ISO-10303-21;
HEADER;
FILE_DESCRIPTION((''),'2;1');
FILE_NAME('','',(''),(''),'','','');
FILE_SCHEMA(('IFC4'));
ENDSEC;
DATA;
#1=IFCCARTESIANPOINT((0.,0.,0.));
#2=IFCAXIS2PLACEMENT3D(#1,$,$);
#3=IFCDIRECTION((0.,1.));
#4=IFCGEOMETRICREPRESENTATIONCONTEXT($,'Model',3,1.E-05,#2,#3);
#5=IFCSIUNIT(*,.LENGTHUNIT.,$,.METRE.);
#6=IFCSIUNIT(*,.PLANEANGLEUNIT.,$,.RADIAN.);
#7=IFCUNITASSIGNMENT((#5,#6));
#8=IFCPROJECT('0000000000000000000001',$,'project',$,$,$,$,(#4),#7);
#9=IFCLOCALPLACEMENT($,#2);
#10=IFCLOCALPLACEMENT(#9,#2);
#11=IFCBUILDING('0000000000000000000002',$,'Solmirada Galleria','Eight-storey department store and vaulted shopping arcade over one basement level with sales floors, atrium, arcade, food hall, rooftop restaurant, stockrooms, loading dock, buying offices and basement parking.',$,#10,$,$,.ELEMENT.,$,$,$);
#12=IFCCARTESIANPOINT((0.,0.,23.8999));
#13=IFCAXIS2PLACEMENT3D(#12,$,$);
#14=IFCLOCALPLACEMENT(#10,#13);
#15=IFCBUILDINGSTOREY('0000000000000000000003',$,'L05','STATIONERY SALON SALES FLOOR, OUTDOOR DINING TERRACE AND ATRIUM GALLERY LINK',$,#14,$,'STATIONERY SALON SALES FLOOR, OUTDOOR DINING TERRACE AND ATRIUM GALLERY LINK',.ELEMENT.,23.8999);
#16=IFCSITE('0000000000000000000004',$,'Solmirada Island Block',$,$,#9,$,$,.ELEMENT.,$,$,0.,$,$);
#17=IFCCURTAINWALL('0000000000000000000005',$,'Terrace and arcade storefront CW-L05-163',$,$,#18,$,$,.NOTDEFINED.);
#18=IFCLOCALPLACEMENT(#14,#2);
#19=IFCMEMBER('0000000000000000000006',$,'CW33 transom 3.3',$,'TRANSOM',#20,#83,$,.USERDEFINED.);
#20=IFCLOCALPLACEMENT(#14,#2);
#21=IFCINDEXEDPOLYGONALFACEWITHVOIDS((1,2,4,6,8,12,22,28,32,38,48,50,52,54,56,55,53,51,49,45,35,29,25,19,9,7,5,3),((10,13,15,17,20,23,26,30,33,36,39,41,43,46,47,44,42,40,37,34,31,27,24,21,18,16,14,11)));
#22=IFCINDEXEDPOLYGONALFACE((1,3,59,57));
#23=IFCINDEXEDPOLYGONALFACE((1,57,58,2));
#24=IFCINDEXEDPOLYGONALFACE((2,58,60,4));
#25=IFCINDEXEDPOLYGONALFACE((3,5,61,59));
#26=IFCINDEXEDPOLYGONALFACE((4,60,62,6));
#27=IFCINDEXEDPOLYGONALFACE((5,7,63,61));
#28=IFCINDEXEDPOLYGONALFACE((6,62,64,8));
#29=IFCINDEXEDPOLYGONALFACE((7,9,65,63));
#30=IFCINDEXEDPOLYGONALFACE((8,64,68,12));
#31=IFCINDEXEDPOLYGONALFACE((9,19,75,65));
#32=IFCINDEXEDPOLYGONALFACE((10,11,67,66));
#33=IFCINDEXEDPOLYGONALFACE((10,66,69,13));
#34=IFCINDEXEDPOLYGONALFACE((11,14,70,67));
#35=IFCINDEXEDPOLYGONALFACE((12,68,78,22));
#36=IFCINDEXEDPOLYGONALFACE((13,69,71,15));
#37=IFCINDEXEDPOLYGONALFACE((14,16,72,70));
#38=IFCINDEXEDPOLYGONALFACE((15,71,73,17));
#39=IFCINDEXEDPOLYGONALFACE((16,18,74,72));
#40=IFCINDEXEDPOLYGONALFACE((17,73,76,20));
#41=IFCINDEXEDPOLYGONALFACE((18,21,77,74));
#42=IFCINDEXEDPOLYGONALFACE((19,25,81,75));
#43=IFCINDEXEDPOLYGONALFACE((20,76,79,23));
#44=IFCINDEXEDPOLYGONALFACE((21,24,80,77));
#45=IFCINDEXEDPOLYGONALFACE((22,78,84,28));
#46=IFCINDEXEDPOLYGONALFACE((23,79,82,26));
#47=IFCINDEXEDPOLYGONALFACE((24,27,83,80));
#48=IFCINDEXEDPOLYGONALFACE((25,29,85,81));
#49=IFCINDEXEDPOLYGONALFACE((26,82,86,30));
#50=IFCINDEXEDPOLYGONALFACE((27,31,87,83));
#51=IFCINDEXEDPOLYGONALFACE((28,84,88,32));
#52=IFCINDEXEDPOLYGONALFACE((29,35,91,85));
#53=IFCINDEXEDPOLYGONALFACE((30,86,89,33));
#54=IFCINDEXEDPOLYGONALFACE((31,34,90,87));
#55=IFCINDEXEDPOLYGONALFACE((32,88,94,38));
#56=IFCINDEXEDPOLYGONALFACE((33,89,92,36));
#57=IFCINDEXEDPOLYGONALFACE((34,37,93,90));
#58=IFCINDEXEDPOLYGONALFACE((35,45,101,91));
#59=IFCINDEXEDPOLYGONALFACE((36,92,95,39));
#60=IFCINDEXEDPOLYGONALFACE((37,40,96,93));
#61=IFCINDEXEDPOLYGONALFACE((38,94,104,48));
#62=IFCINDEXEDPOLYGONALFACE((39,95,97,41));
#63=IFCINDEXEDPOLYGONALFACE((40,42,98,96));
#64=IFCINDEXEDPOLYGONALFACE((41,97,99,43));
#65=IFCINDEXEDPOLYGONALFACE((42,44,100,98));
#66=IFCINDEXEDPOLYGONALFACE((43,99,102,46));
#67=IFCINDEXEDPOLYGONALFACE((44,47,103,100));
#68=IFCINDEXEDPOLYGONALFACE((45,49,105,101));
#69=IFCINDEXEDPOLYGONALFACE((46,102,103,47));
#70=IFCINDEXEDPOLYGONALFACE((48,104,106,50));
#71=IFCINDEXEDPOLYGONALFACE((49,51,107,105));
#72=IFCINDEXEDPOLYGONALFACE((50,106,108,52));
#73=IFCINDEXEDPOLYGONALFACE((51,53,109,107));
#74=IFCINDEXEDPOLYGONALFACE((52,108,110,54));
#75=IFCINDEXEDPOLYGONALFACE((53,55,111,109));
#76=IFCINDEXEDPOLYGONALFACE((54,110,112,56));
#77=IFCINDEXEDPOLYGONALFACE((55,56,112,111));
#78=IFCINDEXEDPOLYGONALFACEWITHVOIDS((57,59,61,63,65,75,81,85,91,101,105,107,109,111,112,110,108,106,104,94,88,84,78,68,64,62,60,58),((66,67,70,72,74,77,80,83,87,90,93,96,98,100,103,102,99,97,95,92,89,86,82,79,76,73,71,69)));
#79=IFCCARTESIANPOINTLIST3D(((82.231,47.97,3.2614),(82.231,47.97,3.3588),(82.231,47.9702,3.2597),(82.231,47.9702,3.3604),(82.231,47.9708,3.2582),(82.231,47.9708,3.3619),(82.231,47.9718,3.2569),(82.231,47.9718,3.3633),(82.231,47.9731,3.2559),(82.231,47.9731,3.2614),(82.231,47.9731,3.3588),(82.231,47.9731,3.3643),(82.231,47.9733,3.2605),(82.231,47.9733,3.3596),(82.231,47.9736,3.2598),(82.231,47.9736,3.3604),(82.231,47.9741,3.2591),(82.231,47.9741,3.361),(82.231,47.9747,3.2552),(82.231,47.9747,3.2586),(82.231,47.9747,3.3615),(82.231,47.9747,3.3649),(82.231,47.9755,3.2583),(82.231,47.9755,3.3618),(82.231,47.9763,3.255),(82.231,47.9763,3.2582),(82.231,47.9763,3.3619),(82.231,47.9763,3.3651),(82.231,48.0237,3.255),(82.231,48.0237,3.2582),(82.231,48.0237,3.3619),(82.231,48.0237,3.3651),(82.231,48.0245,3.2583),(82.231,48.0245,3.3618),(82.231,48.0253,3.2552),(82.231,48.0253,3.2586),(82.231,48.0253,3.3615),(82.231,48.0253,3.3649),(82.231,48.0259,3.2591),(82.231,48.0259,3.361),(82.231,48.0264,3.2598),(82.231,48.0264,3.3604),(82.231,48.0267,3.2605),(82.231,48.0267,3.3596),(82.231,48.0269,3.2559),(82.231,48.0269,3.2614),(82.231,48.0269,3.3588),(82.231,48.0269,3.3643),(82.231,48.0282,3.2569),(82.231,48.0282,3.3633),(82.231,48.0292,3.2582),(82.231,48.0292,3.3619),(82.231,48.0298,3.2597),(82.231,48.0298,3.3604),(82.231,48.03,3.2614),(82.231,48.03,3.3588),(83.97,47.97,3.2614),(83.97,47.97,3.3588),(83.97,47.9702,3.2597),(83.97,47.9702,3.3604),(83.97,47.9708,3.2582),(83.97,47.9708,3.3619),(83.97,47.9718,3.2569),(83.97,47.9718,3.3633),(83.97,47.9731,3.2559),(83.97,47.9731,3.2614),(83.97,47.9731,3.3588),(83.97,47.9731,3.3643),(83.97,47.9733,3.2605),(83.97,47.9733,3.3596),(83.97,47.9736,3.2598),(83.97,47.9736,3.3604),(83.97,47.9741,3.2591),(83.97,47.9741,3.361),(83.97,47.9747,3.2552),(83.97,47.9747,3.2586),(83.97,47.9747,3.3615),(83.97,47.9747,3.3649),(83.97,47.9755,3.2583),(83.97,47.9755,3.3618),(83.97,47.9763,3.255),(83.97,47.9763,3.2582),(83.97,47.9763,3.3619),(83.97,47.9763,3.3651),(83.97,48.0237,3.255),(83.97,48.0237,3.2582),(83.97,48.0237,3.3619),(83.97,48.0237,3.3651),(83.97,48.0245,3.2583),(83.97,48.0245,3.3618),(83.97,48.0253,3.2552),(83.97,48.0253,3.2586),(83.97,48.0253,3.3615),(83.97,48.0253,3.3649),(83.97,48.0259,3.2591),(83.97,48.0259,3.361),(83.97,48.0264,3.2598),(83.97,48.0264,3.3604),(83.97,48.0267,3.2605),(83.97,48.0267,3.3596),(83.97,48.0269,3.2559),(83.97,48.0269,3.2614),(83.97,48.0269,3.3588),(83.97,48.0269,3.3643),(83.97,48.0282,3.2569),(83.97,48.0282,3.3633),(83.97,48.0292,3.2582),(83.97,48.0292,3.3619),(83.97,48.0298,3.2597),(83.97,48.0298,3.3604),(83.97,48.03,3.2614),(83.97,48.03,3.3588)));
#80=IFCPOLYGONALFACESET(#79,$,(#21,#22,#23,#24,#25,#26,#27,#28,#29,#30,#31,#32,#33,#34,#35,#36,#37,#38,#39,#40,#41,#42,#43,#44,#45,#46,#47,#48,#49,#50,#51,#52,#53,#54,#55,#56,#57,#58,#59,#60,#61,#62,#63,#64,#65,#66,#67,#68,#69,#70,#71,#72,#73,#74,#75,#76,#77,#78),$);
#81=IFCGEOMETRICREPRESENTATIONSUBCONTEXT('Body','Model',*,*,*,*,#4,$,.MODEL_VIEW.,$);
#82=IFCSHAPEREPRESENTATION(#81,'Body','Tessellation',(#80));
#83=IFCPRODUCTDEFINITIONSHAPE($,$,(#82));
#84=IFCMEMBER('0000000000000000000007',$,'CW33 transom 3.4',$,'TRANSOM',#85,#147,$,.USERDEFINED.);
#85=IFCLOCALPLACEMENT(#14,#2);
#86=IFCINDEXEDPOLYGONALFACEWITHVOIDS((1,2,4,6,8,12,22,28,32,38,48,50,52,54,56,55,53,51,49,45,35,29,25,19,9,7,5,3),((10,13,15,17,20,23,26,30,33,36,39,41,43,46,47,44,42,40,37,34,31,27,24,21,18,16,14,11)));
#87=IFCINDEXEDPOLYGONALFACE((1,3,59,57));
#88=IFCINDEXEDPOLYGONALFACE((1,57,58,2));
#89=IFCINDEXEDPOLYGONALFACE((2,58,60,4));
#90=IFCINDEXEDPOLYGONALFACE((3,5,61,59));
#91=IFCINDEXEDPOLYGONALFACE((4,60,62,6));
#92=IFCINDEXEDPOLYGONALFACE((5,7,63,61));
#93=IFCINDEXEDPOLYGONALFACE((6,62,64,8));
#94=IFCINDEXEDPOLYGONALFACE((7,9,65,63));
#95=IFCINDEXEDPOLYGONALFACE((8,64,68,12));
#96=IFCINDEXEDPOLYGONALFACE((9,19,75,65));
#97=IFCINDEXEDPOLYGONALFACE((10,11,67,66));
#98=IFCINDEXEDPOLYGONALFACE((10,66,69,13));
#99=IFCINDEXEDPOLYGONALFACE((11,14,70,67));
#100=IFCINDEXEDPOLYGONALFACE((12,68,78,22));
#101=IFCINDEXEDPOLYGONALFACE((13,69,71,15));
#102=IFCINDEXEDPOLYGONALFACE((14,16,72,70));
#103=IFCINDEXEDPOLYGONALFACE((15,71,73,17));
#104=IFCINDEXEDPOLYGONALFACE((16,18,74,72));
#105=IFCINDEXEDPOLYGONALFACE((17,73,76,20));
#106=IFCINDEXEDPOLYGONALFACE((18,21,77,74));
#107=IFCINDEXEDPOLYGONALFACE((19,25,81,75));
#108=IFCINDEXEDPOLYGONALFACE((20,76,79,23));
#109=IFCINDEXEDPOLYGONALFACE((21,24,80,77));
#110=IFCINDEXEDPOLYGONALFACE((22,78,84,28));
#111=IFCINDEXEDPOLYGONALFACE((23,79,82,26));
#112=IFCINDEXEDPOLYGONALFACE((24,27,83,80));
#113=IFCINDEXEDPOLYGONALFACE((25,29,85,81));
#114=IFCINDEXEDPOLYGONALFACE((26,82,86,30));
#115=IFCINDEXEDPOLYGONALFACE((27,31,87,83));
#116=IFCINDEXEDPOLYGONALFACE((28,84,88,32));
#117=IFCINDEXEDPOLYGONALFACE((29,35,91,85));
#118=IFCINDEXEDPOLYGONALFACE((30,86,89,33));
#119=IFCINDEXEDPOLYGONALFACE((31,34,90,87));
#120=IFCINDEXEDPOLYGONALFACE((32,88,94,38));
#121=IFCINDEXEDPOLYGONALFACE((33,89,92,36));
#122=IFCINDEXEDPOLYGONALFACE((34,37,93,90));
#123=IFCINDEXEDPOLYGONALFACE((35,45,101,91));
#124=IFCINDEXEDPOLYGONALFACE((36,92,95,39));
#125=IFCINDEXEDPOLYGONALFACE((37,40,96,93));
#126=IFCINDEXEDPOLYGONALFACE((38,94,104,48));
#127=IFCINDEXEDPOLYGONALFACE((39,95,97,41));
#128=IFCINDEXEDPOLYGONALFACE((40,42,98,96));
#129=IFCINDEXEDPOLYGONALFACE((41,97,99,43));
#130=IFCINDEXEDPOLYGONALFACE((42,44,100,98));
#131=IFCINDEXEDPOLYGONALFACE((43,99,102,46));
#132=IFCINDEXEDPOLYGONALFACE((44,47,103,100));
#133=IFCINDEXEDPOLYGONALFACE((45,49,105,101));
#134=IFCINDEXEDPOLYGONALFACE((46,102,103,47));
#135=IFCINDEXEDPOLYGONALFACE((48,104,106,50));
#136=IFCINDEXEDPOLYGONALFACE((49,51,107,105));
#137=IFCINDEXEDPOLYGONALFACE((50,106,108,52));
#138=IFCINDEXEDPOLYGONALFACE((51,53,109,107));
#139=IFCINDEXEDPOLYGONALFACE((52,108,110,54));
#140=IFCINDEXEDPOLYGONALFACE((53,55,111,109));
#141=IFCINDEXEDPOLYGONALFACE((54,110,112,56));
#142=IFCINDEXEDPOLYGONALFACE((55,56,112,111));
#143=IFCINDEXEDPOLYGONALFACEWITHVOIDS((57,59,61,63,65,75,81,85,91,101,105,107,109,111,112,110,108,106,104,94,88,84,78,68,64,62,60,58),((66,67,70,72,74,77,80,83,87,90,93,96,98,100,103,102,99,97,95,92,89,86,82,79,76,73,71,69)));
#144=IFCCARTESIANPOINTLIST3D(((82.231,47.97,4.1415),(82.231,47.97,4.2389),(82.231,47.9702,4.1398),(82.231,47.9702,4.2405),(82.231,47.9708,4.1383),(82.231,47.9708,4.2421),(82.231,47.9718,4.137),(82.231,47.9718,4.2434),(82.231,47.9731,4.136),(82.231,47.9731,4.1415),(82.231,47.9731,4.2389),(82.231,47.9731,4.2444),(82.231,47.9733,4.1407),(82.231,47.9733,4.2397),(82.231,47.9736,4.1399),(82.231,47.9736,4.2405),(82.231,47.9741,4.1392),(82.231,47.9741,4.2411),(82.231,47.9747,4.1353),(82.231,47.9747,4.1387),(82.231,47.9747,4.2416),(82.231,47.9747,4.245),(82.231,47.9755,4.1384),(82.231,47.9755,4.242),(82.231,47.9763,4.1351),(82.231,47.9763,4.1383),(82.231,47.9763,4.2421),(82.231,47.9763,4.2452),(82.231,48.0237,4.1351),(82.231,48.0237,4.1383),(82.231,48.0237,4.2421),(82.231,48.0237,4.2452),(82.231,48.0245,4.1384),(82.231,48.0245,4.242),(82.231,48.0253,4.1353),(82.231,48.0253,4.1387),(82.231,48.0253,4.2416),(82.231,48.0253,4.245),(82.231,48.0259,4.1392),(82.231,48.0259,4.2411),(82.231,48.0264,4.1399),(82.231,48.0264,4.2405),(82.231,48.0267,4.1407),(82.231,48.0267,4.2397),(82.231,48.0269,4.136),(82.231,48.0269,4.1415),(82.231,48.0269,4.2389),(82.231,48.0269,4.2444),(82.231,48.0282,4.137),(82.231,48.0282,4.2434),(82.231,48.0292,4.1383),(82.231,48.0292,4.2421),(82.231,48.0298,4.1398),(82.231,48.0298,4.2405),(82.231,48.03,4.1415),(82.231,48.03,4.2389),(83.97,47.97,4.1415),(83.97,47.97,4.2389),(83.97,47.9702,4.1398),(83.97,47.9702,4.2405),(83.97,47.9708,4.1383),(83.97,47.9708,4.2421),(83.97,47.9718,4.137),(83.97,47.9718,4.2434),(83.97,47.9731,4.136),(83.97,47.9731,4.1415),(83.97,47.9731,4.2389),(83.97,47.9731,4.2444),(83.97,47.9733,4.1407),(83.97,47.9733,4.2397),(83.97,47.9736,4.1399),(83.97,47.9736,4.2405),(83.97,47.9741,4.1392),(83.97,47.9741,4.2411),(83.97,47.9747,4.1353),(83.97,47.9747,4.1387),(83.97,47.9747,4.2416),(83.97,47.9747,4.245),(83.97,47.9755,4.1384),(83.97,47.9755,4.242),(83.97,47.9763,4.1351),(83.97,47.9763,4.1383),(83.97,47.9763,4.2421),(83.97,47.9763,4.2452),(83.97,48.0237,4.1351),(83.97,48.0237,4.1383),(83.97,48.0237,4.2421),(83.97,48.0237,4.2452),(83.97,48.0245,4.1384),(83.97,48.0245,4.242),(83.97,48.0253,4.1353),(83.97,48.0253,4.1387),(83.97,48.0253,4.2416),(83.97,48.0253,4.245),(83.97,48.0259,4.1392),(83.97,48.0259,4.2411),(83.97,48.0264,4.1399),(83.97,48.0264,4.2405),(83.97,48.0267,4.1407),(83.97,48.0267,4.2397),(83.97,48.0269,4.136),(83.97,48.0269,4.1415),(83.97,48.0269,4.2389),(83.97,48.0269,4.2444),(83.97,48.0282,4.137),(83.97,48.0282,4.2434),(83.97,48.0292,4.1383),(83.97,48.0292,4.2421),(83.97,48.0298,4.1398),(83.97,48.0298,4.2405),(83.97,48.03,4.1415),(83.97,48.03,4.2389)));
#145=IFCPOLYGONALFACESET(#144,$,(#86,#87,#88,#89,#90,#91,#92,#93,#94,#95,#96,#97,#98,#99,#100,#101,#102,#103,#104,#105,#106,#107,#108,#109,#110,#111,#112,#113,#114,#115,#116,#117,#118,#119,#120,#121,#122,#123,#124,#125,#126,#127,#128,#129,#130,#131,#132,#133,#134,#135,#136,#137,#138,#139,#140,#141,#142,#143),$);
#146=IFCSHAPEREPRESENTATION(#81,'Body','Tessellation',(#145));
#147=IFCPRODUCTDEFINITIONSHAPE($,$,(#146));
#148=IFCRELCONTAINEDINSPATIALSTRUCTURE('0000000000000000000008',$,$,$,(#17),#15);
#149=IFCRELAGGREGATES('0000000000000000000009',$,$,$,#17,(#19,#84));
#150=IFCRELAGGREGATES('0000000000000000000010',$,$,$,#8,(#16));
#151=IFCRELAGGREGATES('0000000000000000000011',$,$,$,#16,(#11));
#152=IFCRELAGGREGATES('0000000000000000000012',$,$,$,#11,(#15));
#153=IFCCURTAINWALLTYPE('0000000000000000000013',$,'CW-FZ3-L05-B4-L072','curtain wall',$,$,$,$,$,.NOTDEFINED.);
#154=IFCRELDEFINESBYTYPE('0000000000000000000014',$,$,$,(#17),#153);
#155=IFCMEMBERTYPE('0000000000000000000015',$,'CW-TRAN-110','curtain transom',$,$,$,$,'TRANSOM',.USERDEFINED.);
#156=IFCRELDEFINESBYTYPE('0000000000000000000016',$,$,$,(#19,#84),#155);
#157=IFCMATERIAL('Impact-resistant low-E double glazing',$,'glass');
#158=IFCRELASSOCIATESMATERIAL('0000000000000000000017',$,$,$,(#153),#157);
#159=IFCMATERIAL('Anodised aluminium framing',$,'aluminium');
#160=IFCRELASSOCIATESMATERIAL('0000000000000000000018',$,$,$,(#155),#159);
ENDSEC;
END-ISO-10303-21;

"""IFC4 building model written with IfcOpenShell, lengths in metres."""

from ifc_helpers import new_model, si_unit, direction, frame, origin, origin_2d, place, context, subcontext, project, spatial, hollow_rectangle, extrude, material, material_profile, profile_set, type_object, element, aggregate, save


model = new_model("IFC4")

# Units and contexts
model_context = context("Model", 3, precision=1e-05, world=origin(), true_north=direction((0.0, 1.0)))
body_context = subcontext(model_context, "Body", "Model", "MODEL_VIEW")
ifc_project = project(units=[si_unit("LENGTHUNIT", "METRE"), si_unit("PLANEANGLEUNIT", "RADIAN")], contexts=[model_context])

# Site, building, storey
site_placement = place(None, origin())
site = spatial("IfcSite", under=ifc_project, at=site_placement, Name="Solmirada Island Block", CompositionType="ELEMENT", RefElevation=0.0)
building_placement = place(site_placement, origin())
building = spatial("IfcBuilding", under=site, at=building_placement, Name="Solmirada Galleria", Description="Eight-storey department store and vaulted shopping arcade over one basement level with sales floors, atrium, arcade, food hall, rooftop restaurant, stockrooms, loading dock, buying offices and basement parking.", CompositionType="ELEMENT")
storey_placement = place(building_placement, frame((0.0, 0.0, 23.8999)))
storey = spatial("IfcBuildingStorey", under=building, at=storey_placement, Name="L05", Description="STATIONERY SALON SALES FLOOR, OUTDOOR DINING TERRACE AND ATRIUM GALLERY LINK", LongName="STATIONERY SALON SALES FLOOR, OUTDOOR DINING TERRACE AND ATRIUM GALLERY LINK", CompositionType="ELEMENT", Elevation=23.8999)

# Curtain wall, members
ifc_material_1 = material(Name="Impact-resistant low-E double glazing", Category="glass")
curtain_wall_type = type_object("IfcCurtainWallType", Name="CW-FZ3-L05-B4-L072", Description="curtain wall", PredefinedType="NOTDEFINED", material=ifc_material_1)
curtain_wall_placement = place(storey_placement, origin())
curtain_wall = element("IfcCurtainWall", 1, at=curtain_wall_placement, inside=storey, type_object=curtain_wall_type, Name="Terrace and arcade storefront CW-L05-163", PredefinedType="NOTDEFINED")
ifc_material_2 = material(Name="Anodised aluminium framing", Category="aluminium")
ifc_material_profile_1 = material_profile(ifc_material_2, hollow_rectangle(XDim=0.0601, YDim=0.1101, WallThickness=0.0032, InnerFilletRadius=0.0032, OuterFilletRadius=0.0063, at=origin_2d()), Name="ALU-TRAN-110X60")
ifc_profile_set_1 = profile_set([ifc_material_profile_1], Name="Anodised aluminium framing")
member_type_1 = type_object("IfcMemberType", Name="CW-TRAN-110", Description="curtain transom", ElementType="TRANSOM", PredefinedType="USERDEFINED", material=ifc_profile_set_1)
member_1_placement = place(storey_placement, frame((83.97, 48.0, 3.3101), z_axis=(-1.0, 0.0, 0.0), x_axis=(0.0, -1.0, 0.0)))
member_1 = element("IfcMember", 2, at=member_1_placement, type_object=member_type_1, Name="CW33 transom 3.3", ObjectType="TRANSOM", PredefinedType="USERDEFINED", context=body_context, shape_type="SweptSolid", body=[
    extrude(hollow_rectangle(XDim=0.0601, YDim=0.1101, WallThickness=0.0032, InnerFilletRadius=0.0032, OuterFilletRadius=0.0063, at=origin_2d()), origin(), (0.0, 0.0, 1.0), 1.739),
])
member_2_placement = place(storey_placement, frame((83.97, 48.0, 4.1902), z_axis=(-1.0, 0.0, 0.0), x_axis=(0.0, -1.0, 0.0)))
member_2 = element("IfcMember", 3, at=member_2_placement, type_object=member_type_1, Name="CW33 transom 3.4", ObjectType="TRANSOM", PredefinedType="USERDEFINED", context=body_context, shape_type="SweptSolid", body=[
    extrude(hollow_rectangle(XDim=0.0601, YDim=0.1101, WallThickness=0.0032, InnerFilletRadius=0.0032, OuterFilletRadius=0.0063, at=origin_2d()), origin(), (0.0, 0.0, 1.0), 1.739),
])
aggregate(curtain_wall, [member_1, member_2])

save(model, "model.ifc")
